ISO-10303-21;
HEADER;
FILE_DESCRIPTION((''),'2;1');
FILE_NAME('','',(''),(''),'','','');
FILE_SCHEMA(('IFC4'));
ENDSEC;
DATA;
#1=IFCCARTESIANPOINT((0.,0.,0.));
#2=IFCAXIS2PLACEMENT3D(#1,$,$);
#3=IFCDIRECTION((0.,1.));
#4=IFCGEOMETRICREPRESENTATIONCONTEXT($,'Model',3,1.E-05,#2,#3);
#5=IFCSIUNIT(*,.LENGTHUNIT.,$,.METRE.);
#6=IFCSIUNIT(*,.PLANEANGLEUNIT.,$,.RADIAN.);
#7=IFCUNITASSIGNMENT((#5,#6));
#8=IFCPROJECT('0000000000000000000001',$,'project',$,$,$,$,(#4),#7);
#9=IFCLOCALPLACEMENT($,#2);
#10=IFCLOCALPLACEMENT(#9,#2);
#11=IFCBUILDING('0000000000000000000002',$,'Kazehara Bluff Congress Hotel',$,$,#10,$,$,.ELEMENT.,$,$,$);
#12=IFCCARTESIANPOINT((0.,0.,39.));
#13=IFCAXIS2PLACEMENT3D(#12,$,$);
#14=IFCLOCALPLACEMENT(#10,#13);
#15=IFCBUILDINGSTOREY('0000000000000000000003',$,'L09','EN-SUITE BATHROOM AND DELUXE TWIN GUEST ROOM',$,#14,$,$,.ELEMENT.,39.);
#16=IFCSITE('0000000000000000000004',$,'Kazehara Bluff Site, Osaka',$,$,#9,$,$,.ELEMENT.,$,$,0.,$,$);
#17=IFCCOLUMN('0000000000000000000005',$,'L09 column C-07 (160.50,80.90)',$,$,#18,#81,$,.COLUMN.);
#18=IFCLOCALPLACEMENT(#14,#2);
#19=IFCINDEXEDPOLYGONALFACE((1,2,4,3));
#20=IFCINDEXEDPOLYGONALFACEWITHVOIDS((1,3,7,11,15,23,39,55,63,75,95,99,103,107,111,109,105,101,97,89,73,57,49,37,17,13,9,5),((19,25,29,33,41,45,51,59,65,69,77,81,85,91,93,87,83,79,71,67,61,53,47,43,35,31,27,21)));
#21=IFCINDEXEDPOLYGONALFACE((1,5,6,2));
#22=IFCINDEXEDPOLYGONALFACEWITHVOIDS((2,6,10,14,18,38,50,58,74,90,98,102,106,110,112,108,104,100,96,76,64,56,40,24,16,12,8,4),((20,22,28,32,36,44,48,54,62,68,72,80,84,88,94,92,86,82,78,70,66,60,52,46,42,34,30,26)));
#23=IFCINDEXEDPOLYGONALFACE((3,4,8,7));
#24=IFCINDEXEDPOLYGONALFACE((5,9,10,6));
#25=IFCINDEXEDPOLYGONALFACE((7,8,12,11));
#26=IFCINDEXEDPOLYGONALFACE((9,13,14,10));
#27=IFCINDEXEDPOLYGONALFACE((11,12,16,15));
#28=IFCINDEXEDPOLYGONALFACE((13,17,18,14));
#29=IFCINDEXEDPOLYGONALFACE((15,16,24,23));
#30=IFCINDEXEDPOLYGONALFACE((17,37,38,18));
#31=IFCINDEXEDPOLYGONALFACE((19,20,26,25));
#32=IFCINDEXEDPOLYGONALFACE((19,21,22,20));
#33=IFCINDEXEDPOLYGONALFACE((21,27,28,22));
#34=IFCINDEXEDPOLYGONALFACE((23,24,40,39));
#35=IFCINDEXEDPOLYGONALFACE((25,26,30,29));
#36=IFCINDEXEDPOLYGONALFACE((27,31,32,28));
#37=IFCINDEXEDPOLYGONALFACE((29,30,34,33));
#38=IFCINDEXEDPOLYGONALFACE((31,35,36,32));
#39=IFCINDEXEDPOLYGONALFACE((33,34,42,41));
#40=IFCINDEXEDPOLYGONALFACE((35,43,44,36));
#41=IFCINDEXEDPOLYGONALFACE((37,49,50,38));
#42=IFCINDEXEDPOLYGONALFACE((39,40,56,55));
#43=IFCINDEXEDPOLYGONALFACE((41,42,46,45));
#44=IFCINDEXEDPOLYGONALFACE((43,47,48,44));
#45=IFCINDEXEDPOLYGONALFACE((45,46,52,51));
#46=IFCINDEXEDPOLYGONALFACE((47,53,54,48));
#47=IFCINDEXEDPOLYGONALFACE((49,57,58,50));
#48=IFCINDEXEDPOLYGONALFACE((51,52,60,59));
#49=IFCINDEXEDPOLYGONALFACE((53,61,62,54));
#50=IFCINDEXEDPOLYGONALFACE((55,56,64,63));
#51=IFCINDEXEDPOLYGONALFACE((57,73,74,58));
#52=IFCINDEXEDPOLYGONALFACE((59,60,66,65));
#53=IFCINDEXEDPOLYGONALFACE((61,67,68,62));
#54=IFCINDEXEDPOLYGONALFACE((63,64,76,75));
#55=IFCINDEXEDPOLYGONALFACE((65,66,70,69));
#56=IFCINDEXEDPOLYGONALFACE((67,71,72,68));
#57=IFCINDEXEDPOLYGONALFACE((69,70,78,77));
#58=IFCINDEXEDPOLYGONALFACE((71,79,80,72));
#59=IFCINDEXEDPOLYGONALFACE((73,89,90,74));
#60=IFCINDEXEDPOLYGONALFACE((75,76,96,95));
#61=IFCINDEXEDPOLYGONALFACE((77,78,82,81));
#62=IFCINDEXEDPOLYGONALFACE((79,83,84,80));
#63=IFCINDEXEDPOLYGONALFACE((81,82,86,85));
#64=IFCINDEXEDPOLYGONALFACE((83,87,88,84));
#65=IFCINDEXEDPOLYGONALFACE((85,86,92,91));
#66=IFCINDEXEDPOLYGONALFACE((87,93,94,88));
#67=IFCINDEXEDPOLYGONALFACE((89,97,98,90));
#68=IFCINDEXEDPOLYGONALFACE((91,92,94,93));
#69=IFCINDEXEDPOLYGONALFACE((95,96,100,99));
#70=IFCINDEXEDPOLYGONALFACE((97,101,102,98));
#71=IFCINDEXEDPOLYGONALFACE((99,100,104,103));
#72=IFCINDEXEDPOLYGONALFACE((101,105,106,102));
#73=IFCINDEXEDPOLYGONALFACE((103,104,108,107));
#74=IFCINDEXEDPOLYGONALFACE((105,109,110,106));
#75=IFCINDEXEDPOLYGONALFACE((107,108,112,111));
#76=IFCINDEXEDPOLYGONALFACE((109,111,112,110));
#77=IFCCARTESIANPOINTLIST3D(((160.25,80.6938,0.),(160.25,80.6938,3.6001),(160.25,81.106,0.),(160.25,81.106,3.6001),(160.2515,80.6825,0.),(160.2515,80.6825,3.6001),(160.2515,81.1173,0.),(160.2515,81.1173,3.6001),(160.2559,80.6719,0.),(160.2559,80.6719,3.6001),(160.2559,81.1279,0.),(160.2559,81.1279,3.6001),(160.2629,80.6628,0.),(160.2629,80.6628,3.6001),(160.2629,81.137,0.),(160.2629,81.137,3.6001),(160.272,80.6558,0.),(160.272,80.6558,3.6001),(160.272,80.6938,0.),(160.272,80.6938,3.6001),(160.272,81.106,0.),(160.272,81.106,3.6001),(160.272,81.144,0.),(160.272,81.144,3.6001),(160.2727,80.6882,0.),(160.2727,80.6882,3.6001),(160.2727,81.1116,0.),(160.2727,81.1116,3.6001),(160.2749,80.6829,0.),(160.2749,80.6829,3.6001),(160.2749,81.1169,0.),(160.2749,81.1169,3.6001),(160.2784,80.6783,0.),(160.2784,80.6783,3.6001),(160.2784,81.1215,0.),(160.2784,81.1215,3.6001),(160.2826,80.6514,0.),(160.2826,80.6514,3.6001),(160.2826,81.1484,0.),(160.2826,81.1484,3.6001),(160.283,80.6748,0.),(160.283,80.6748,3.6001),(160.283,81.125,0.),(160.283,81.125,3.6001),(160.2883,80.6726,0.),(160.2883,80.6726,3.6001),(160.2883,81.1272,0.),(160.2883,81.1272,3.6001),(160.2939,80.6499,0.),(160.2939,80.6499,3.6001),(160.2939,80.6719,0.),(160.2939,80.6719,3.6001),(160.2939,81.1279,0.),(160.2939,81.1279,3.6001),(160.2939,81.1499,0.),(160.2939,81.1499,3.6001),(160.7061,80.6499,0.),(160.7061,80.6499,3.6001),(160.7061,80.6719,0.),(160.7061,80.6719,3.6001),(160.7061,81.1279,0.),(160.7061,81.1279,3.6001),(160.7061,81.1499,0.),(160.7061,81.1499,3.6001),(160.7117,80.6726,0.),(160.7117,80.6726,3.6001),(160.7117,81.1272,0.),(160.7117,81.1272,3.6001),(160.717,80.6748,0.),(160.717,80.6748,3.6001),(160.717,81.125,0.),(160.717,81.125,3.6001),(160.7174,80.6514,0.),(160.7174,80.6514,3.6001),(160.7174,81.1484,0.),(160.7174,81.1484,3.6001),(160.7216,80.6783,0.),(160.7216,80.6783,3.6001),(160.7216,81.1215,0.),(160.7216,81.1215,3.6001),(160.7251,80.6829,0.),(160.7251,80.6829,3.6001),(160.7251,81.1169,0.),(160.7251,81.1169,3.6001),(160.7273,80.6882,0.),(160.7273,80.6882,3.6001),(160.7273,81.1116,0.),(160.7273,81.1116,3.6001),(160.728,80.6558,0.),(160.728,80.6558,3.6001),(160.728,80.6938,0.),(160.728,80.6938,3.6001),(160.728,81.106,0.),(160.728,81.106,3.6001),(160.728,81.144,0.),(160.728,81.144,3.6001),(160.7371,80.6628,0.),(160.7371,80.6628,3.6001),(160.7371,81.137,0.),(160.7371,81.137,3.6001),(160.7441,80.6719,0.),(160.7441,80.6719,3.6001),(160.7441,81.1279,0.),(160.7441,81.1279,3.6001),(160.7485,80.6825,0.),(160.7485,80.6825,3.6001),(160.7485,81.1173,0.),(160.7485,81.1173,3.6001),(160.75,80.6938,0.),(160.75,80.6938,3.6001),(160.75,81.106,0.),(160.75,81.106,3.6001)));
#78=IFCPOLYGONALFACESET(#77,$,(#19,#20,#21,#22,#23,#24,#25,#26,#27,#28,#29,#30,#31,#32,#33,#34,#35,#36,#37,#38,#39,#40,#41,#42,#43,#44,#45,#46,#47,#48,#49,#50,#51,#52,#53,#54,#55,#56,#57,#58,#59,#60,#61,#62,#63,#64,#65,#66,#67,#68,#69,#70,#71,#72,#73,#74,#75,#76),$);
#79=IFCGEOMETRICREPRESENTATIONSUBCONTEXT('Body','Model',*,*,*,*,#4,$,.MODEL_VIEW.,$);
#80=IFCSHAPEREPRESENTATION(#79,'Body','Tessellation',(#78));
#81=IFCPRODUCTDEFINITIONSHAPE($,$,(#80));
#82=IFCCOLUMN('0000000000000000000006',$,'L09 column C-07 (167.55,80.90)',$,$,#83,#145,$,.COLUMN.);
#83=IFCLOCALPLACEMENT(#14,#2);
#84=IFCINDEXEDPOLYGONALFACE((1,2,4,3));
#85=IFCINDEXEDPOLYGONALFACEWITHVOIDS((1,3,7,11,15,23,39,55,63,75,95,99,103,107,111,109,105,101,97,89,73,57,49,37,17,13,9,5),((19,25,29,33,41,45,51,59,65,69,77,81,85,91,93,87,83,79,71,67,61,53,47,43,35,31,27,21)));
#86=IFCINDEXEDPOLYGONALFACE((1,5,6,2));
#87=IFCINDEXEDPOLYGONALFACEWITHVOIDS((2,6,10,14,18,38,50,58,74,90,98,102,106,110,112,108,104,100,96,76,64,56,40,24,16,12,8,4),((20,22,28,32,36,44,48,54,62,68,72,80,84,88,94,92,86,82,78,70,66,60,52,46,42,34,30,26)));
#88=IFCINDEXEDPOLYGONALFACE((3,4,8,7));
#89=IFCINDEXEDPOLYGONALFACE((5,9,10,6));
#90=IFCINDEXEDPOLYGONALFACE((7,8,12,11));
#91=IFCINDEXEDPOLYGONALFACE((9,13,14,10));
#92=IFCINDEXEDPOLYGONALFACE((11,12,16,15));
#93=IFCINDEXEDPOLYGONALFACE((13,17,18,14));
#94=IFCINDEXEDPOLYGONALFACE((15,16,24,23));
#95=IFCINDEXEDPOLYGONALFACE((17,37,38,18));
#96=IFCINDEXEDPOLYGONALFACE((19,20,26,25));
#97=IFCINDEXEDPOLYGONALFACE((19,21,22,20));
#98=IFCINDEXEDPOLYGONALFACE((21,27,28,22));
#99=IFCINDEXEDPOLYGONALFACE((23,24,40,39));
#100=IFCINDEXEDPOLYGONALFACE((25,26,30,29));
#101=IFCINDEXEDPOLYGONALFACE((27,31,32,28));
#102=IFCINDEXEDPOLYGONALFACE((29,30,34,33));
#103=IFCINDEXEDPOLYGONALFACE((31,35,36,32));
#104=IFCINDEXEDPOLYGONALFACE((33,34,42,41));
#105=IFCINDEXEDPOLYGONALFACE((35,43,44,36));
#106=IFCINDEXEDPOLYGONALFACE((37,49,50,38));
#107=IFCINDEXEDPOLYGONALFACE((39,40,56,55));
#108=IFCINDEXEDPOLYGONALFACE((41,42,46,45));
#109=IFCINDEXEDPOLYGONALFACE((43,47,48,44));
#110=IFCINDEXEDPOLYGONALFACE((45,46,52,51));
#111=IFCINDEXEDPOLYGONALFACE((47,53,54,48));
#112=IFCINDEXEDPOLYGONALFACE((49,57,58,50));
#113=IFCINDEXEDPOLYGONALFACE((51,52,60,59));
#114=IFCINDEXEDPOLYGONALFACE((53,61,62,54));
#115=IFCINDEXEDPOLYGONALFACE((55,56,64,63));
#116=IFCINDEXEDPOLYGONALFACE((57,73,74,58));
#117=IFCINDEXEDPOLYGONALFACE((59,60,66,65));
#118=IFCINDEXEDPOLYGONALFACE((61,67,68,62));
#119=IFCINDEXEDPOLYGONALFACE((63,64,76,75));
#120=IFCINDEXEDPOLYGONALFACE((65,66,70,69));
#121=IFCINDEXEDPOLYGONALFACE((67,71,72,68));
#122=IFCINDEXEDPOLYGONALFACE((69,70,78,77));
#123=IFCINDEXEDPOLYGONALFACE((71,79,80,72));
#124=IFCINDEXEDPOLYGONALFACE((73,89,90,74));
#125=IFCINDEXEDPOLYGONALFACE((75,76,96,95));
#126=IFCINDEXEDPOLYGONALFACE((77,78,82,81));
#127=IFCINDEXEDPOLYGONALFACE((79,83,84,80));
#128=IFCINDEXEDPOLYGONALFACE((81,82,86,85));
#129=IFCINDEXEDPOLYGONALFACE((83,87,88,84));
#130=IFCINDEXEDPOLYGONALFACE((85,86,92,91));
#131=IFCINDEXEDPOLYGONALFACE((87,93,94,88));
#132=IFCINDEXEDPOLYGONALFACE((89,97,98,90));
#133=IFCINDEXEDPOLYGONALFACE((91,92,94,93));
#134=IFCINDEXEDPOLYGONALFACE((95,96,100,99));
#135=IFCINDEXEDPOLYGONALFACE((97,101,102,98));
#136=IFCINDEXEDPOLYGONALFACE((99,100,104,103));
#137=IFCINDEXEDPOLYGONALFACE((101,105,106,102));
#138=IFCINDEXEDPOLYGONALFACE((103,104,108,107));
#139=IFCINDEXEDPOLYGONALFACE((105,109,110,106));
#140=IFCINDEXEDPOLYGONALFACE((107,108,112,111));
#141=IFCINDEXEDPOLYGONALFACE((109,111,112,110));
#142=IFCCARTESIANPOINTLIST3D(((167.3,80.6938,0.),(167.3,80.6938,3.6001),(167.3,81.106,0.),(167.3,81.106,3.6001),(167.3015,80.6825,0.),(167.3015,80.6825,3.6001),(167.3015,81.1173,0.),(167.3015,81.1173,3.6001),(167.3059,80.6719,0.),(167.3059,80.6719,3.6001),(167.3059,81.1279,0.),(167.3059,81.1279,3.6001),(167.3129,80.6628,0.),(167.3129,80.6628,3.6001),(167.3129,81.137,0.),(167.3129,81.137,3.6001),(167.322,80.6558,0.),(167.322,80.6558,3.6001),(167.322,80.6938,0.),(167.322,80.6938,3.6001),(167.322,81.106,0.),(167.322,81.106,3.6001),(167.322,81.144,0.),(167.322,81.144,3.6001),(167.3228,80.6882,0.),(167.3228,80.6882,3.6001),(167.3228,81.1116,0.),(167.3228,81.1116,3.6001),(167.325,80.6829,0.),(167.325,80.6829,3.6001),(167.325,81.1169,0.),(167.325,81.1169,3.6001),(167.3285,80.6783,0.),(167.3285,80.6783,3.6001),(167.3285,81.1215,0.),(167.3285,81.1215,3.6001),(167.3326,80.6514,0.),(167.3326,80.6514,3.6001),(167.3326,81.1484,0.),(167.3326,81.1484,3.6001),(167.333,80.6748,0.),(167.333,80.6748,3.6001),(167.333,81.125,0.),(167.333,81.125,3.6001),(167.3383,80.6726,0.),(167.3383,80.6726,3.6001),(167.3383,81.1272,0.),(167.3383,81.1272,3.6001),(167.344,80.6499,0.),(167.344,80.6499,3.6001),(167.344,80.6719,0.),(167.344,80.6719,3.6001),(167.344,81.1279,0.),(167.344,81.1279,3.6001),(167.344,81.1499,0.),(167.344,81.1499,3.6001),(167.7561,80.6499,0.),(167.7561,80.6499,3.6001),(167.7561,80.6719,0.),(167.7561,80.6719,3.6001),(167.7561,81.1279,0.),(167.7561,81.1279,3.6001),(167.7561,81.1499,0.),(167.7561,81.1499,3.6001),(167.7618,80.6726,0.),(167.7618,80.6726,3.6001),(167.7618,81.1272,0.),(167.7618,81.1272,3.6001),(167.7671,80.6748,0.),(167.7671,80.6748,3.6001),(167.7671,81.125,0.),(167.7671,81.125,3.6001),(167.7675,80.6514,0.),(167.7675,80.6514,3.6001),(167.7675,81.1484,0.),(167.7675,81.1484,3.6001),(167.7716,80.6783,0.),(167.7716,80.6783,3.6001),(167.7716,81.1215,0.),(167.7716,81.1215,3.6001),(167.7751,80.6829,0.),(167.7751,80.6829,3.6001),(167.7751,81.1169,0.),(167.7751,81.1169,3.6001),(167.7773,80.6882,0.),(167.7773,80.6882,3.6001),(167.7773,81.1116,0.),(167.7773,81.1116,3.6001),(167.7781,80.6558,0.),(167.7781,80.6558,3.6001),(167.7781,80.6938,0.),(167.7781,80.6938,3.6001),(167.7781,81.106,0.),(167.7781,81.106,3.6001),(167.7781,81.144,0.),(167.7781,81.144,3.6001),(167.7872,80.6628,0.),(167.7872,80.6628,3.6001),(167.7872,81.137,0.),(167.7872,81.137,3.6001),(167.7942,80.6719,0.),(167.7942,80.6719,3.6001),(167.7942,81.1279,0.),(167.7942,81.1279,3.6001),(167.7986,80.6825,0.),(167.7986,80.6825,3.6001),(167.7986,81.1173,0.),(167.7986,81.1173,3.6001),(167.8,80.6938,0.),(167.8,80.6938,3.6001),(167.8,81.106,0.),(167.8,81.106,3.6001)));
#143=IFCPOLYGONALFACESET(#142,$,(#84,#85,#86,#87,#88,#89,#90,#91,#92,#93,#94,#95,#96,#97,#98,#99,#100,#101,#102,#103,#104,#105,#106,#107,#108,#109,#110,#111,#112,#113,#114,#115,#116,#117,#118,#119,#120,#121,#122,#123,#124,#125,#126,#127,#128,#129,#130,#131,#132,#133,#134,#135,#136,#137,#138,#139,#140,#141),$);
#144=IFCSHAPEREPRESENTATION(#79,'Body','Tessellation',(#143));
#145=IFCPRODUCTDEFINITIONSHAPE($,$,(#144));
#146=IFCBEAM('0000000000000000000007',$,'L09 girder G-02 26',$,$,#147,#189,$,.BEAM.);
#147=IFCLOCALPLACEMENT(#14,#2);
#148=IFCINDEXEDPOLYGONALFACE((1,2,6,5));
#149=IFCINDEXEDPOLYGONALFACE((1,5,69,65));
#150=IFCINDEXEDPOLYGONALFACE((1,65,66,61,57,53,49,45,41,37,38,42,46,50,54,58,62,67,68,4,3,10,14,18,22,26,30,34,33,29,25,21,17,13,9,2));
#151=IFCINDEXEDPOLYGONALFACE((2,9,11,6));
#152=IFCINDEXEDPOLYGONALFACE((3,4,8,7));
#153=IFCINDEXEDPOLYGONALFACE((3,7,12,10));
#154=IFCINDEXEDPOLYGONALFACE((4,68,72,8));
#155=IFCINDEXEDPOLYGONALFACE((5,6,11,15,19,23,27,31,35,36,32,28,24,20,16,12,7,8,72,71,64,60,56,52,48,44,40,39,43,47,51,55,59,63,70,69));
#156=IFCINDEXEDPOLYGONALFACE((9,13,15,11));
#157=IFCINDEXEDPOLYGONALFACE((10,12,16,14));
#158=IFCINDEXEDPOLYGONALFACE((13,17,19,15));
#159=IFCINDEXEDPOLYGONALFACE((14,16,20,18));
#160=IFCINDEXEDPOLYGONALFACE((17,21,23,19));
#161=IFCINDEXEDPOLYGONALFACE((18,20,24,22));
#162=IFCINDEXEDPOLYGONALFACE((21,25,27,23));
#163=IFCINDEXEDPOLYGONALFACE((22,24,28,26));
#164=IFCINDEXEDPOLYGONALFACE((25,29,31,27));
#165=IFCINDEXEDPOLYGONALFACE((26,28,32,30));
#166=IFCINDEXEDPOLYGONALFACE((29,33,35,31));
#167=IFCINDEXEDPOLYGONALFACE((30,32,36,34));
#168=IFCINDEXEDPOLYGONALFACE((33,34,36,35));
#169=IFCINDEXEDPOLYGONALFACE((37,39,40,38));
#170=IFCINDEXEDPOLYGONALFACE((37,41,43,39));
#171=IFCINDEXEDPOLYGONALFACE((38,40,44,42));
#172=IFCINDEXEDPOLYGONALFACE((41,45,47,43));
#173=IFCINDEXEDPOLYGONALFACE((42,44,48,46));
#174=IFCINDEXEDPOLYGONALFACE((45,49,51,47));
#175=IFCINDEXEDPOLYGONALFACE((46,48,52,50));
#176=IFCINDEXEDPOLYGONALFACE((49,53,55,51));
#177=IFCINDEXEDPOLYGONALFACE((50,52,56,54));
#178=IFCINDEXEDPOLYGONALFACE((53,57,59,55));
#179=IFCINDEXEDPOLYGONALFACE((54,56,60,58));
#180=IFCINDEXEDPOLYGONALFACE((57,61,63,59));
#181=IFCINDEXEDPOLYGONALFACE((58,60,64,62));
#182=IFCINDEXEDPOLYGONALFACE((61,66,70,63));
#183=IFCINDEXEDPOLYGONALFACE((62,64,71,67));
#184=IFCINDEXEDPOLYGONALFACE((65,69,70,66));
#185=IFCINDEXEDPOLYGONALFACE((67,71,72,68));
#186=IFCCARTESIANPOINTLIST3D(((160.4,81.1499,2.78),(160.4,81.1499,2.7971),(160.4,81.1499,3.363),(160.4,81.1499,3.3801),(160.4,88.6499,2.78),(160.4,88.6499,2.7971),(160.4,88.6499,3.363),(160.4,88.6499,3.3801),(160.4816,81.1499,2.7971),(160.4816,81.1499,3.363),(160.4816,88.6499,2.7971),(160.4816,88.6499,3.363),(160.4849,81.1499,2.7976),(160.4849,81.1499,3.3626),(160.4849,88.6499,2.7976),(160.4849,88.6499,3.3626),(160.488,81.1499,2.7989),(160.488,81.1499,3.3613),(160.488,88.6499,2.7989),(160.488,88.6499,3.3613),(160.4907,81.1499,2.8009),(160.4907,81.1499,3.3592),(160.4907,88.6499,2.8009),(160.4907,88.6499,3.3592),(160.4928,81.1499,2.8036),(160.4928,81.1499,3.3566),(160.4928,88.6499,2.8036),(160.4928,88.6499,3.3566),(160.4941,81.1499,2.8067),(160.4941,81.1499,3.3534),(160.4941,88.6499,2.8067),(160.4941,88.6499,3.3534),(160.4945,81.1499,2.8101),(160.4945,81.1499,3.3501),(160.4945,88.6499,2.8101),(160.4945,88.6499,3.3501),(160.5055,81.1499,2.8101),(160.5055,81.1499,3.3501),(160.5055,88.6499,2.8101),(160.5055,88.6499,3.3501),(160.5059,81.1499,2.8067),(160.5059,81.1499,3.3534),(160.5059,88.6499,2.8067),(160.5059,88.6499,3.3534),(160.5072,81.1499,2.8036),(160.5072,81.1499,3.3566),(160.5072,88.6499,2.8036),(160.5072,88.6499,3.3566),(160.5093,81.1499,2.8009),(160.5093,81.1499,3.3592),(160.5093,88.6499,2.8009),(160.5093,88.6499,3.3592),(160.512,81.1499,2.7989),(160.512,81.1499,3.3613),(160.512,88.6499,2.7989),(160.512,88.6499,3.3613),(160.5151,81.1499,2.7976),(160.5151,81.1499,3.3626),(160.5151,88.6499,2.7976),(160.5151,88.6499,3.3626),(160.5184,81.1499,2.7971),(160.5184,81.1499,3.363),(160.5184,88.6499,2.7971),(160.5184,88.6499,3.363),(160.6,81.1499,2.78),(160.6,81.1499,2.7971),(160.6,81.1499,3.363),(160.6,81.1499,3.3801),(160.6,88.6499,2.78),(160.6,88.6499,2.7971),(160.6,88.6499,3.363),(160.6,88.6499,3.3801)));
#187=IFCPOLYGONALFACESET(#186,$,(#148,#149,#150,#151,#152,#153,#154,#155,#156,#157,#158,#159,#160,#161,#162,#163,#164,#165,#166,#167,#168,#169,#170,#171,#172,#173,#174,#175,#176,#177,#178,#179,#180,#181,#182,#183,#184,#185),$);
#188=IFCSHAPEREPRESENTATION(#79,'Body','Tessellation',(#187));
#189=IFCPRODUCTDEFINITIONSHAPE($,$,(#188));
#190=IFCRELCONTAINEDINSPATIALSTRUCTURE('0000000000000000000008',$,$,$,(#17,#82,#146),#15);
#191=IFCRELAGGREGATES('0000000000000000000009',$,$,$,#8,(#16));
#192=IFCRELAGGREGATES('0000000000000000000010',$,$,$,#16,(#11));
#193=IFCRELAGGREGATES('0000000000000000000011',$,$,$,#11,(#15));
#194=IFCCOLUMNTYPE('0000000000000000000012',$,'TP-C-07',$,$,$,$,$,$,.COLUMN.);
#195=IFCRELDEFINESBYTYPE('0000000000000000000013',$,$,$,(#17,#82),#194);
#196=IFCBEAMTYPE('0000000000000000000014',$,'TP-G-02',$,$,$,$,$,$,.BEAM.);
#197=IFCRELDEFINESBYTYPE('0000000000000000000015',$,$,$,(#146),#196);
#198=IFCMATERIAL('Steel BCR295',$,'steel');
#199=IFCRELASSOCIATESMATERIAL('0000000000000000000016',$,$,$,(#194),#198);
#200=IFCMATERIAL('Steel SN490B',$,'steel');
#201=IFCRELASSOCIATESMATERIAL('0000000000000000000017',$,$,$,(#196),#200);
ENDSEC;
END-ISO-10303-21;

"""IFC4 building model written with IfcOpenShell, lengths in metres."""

from ifc_helpers import new_model, si_unit, direction, frame, origin, origin_2d, place, context, subcontext, project, spatial, hollow_rectangle, i_section, extrude, material, material_profile, profile_set, type_object, element, save


model = new_model("IFC4")

# Units and contexts
model_context = context("Model", 3, precision=1e-05, world=origin(), true_north=direction((0.0, 1.0)))
body_context = subcontext(model_context, "Body", "Model", "MODEL_VIEW")
ifc_project = project(units=[si_unit("LENGTHUNIT", "METRE"), si_unit("PLANEANGLEUNIT", "RADIAN")], contexts=[model_context])

# Site, building, storey
site_placement = place(None, origin())
site = spatial("IfcSite", under=ifc_project, at=site_placement, Name="Kazehara Bluff Site, Osaka", CompositionType="ELEMENT", RefElevation=0.0)
building_placement = place(site_placement, origin())
building = spatial("IfcBuilding", under=site, at=building_placement, Name="Kazehara Bluff Congress Hotel", CompositionType="ELEMENT")
storey_placement = place(building_placement, frame((0.0, 0.0, 39.0)))
storey = spatial("IfcBuildingStorey", under=building, at=storey_placement, Name="L09", Description="EN-SUITE BATHROOM AND DELUXE TWIN GUEST ROOM", CompositionType="ELEMENT", Elevation=39.0)

# Columns
ifc_material_1 = material(Name="Steel BCR295", Category="steel")
ifc_material_profile_1 = material_profile(ifc_material_1, hollow_rectangle(XDim=0.5, YDim=0.5, WallThickness=0.022, InnerFilletRadius=0.022, OuterFilletRadius=0.0439, at=origin_2d()))
ifc_profile_set_1 = profile_set([ifc_material_profile_1], Name="Steel BCR295")
column_type = type_object("IfcColumnType", Name="TP-C-07", PredefinedType="COLUMN", material=ifc_profile_set_1)
for number, where, z_axis, x_axis, name in (
    (1, (160.5, 80.8999, 0.0), (0.0, 0.0, 1.0), (1.0, 0.0, 0.0), "L09 column C-07 (160.50,80.90)"),
    (2, (167.55, 80.8999, 0.0), (0.0, 0.0, 1.0), (1.0, 0.0, 0.0), "L09 column C-07 (167.55,80.90)"),
):
    element("IfcColumn", number, at=place(storey_placement, frame(where, z_axis=z_axis, x_axis=x_axis)), inside=storey, type_object=column_type, Name=name, PredefinedType="COLUMN", context=body_context, shape_type="SweptSolid", body=[
        extrude(hollow_rectangle(XDim=0.5, YDim=0.5, WallThickness=0.022, InnerFilletRadius=0.022, OuterFilletRadius=0.0439, at=origin_2d()), origin(), (0.0, 0.0, 1.0), 3.6001),
    ])

# Beam
ifc_material_2 = material(Name="Steel SN490B", Category="steel")
ifc_material_profile_2 = material_profile(ifc_material_2, i_section(OverallWidth=0.2, OverallDepth=0.6001, WebThickness=0.011, FlangeThickness=0.0171, FilletRadius=0.0129, at=origin_2d()))
ifc_profile_set_2 = profile_set([ifc_material_profile_2], Name="Steel SN490B")
beam_type_1 = type_object("IfcBeamType", Name="TP-G-02", PredefinedType="BEAM", material=ifc_profile_set_2)
for number, where, z_axis, x_axis, name in (
    (3, (160.5, 81.1499, 3.0801), (0.0, 1.0, 0.0), (-1.0, 0.0, 0.0), "L09 girder G-02 26"),
):
    element("IfcBeam", number, at=place(storey_placement, frame(where, z_axis=z_axis, x_axis=x_axis)), inside=storey, type_object=beam_type_1, Name=name, PredefinedType="BEAM", context=body_context, shape_type="SweptSolid", body=[
        extrude(i_section(OverallWidth=0.2, OverallDepth=0.6001, WebThickness=0.011, FlangeThickness=0.0171, FilletRadius=0.0129, at=origin_2d()), origin(), (0.0, 0.0, 1.0), 7.5),
    ])

save(model, "model.ifc")
